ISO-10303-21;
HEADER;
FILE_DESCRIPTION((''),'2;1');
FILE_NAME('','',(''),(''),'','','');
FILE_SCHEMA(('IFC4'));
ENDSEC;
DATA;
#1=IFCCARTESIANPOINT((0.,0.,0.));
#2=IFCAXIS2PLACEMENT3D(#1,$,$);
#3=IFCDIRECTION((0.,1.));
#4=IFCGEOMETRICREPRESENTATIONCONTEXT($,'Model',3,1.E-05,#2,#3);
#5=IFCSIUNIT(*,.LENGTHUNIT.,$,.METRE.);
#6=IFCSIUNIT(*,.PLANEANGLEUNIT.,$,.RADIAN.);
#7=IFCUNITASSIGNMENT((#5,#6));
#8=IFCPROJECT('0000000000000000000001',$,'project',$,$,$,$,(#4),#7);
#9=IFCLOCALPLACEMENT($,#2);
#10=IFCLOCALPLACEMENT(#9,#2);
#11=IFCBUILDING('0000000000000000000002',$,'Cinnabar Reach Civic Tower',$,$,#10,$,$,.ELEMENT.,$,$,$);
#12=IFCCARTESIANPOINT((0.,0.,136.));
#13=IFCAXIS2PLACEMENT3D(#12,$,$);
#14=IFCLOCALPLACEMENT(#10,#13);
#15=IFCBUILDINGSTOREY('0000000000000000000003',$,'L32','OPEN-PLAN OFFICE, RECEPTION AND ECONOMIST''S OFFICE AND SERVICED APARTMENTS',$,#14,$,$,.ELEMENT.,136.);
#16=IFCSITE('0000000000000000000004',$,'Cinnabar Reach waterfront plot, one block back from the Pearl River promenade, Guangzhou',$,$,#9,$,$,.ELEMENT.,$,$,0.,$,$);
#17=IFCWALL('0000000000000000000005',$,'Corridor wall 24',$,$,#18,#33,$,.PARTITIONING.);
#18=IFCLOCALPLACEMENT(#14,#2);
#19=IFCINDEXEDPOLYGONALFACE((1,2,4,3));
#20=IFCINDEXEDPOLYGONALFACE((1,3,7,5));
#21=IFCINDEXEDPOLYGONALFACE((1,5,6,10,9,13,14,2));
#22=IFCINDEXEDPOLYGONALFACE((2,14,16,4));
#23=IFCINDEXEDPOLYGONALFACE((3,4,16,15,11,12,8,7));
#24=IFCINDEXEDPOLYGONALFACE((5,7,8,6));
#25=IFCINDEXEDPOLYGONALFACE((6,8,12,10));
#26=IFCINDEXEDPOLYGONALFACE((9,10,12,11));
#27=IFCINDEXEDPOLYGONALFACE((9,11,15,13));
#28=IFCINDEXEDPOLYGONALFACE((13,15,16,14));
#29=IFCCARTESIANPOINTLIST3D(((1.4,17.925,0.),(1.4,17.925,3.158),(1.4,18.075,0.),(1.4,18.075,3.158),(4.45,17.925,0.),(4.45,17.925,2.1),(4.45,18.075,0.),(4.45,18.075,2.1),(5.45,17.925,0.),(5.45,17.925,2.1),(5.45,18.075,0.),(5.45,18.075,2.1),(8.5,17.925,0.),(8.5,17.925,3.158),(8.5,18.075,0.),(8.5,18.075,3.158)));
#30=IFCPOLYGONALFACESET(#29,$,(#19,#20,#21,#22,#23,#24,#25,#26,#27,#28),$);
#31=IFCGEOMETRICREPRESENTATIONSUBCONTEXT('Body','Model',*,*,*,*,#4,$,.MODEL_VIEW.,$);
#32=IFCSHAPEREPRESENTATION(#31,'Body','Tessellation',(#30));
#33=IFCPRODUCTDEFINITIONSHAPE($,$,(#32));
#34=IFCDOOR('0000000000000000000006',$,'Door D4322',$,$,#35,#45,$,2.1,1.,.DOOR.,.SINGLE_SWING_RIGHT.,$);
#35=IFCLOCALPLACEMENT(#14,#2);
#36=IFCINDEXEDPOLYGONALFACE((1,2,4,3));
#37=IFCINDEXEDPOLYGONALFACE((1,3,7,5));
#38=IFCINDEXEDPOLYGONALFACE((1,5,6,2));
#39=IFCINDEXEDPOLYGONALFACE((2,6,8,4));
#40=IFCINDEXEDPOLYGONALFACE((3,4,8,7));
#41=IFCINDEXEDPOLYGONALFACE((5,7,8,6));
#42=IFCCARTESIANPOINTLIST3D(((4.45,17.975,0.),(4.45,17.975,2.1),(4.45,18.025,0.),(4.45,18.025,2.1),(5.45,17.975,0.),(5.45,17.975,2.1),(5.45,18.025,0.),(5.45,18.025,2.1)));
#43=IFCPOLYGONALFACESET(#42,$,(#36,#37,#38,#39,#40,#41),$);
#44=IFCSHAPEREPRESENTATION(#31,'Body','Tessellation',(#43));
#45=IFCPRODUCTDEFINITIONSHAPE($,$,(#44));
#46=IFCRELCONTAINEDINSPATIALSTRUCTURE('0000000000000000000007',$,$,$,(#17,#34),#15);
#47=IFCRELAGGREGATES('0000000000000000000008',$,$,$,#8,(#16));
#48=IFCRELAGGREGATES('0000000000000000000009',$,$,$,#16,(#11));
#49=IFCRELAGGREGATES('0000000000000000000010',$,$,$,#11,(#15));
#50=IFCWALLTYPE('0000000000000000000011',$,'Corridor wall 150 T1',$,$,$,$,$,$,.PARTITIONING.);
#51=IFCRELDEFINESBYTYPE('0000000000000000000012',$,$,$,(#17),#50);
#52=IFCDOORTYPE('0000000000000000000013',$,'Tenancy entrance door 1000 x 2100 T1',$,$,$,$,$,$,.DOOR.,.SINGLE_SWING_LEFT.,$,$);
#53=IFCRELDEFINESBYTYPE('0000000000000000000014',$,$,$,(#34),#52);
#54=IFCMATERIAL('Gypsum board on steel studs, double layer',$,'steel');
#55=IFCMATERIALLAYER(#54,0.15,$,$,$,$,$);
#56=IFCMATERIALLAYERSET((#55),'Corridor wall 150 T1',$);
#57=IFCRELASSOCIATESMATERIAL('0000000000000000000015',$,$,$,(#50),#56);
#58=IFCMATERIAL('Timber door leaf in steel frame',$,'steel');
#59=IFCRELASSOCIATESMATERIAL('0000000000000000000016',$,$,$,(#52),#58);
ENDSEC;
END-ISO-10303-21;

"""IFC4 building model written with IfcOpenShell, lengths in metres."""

from ifc_helpers import new_model, si_unit, direction, frame, frame_2d, origin, place, context, subcontext, project, spatial, rectangle, extrude, material, layer, layer_set, type_object, element, fill, save


model = new_model("IFC4")

# Units and contexts
model_context = context("Model", 3, precision=1e-05, world=origin(), true_north=direction((0.0, 1.0)))
body_context = subcontext(model_context, "Body", "Model", "MODEL_VIEW")
ifc_project = project(units=[si_unit("LENGTHUNIT", "METRE"), si_unit("PLANEANGLEUNIT", "RADIAN")], contexts=[model_context])

# Site, building, storey
site_placement = place(None, origin())
site = spatial("IfcSite", under=ifc_project, at=site_placement, Name="Cinnabar Reach waterfront plot, one block back from the Pearl River promenade, Guangzhou", CompositionType="ELEMENT", RefElevation=0.0)
building_placement = place(site_placement, origin())
building = spatial("IfcBuilding", under=site, at=building_placement, Name="Cinnabar Reach Civic Tower", CompositionType="ELEMENT")
storey_placement = place(building_placement, frame((0.0, 0.0, 136.0)))
storey = spatial("IfcBuildingStorey", under=building, at=storey_placement, Name="L32", Description="OPEN-PLAN OFFICE, RECEPTION AND ECONOMIST'S OFFICE AND SERVICED APARTMENTS", CompositionType="ELEMENT", Elevation=136.0)

# Wall, opening, door
ifc_material_1 = material(Name="Gypsum board on steel studs, double layer", Category="steel")
ifc_layer_1 = layer(ifc_material_1, 0.15)
ifc_layer_set_1 = layer_set([ifc_layer_1], Name="Corridor wall 150 T1")
wall_type_1 = type_object("IfcWallType", Name="Corridor wall 150 T1", PredefinedType="PARTITIONING", material=ifc_layer_set_1)
wall_1_placement = place(storey_placement, frame((1.4, 18.0, 0.0), z_axis=(0.0, 0.0, 1.0), x_axis=(1.0, 0.0, 0.0)))
wall_1 = element("IfcWall", 1, at=wall_1_placement, inside=storey, type_object=wall_type_1, Name="Corridor wall 24", PredefinedType="PARTITIONING", context=body_context, shape_type="SweptSolid", body=[
    extrude(rectangle(XDim=7.1, YDim=0.15, at=frame_2d((3.55, 0.0))), origin(), (0.0, 0.0, 1.0), 3.158),
])
opening_1_placement = place(wall_1_placement, frame((3.05, 0.0, 0.0)))
opening_1 = element("IfcOpeningElement", 2, at=opening_1_placement, cuts=wall_1, PredefinedType="OPENING", context=body_context, shape_type="SweptSolid", body=[
    extrude(rectangle(XDim=1.0, YDim=2.1, at=frame_2d((0.5, 1.05))), frame((0.0, 0.085, 0.0), z_axis=(0.0, -1.0, 0.0), x_axis=(1.0, 0.0, 0.0)), (0.0, 0.0, 1.0), 0.17),
])
ifc_material_2 = material(Name="Timber door leaf in steel frame", Category="steel")
door_type = type_object("IfcDoorType", Name="Tenancy entrance door 1000 x 2100 T1", OperationType="SINGLE_SWING_LEFT", PredefinedType="DOOR", material=ifc_material_2)
door_placement = place(opening_1_placement, frame((1.0, 0.0, 0.0), z_axis=(0.0, 0.0, 1.0), x_axis=(-1.0, 0.0, 0.0)))
door = element("IfcDoor", 3, at=door_placement, inside=storey, type_object=door_type, Name="Door D4322", OperationType="SINGLE_SWING_RIGHT", OverallHeight=2.1, OverallWidth=1.0, PredefinedType="DOOR", context=body_context, shape_type="SweptSolid", body=[
    extrude(rectangle(XDim=1.0, YDim=2.1, at=frame_2d((0.5, 1.05))), frame((0.0, 0.025, 0.0), z_axis=(0.0, -1.0, 0.0), x_axis=(1.0, 0.0, 0.0)), (0.0, 0.0, 1.0), 0.05),
])
fill(opening_1, door)

save(model, "model.ifc")
